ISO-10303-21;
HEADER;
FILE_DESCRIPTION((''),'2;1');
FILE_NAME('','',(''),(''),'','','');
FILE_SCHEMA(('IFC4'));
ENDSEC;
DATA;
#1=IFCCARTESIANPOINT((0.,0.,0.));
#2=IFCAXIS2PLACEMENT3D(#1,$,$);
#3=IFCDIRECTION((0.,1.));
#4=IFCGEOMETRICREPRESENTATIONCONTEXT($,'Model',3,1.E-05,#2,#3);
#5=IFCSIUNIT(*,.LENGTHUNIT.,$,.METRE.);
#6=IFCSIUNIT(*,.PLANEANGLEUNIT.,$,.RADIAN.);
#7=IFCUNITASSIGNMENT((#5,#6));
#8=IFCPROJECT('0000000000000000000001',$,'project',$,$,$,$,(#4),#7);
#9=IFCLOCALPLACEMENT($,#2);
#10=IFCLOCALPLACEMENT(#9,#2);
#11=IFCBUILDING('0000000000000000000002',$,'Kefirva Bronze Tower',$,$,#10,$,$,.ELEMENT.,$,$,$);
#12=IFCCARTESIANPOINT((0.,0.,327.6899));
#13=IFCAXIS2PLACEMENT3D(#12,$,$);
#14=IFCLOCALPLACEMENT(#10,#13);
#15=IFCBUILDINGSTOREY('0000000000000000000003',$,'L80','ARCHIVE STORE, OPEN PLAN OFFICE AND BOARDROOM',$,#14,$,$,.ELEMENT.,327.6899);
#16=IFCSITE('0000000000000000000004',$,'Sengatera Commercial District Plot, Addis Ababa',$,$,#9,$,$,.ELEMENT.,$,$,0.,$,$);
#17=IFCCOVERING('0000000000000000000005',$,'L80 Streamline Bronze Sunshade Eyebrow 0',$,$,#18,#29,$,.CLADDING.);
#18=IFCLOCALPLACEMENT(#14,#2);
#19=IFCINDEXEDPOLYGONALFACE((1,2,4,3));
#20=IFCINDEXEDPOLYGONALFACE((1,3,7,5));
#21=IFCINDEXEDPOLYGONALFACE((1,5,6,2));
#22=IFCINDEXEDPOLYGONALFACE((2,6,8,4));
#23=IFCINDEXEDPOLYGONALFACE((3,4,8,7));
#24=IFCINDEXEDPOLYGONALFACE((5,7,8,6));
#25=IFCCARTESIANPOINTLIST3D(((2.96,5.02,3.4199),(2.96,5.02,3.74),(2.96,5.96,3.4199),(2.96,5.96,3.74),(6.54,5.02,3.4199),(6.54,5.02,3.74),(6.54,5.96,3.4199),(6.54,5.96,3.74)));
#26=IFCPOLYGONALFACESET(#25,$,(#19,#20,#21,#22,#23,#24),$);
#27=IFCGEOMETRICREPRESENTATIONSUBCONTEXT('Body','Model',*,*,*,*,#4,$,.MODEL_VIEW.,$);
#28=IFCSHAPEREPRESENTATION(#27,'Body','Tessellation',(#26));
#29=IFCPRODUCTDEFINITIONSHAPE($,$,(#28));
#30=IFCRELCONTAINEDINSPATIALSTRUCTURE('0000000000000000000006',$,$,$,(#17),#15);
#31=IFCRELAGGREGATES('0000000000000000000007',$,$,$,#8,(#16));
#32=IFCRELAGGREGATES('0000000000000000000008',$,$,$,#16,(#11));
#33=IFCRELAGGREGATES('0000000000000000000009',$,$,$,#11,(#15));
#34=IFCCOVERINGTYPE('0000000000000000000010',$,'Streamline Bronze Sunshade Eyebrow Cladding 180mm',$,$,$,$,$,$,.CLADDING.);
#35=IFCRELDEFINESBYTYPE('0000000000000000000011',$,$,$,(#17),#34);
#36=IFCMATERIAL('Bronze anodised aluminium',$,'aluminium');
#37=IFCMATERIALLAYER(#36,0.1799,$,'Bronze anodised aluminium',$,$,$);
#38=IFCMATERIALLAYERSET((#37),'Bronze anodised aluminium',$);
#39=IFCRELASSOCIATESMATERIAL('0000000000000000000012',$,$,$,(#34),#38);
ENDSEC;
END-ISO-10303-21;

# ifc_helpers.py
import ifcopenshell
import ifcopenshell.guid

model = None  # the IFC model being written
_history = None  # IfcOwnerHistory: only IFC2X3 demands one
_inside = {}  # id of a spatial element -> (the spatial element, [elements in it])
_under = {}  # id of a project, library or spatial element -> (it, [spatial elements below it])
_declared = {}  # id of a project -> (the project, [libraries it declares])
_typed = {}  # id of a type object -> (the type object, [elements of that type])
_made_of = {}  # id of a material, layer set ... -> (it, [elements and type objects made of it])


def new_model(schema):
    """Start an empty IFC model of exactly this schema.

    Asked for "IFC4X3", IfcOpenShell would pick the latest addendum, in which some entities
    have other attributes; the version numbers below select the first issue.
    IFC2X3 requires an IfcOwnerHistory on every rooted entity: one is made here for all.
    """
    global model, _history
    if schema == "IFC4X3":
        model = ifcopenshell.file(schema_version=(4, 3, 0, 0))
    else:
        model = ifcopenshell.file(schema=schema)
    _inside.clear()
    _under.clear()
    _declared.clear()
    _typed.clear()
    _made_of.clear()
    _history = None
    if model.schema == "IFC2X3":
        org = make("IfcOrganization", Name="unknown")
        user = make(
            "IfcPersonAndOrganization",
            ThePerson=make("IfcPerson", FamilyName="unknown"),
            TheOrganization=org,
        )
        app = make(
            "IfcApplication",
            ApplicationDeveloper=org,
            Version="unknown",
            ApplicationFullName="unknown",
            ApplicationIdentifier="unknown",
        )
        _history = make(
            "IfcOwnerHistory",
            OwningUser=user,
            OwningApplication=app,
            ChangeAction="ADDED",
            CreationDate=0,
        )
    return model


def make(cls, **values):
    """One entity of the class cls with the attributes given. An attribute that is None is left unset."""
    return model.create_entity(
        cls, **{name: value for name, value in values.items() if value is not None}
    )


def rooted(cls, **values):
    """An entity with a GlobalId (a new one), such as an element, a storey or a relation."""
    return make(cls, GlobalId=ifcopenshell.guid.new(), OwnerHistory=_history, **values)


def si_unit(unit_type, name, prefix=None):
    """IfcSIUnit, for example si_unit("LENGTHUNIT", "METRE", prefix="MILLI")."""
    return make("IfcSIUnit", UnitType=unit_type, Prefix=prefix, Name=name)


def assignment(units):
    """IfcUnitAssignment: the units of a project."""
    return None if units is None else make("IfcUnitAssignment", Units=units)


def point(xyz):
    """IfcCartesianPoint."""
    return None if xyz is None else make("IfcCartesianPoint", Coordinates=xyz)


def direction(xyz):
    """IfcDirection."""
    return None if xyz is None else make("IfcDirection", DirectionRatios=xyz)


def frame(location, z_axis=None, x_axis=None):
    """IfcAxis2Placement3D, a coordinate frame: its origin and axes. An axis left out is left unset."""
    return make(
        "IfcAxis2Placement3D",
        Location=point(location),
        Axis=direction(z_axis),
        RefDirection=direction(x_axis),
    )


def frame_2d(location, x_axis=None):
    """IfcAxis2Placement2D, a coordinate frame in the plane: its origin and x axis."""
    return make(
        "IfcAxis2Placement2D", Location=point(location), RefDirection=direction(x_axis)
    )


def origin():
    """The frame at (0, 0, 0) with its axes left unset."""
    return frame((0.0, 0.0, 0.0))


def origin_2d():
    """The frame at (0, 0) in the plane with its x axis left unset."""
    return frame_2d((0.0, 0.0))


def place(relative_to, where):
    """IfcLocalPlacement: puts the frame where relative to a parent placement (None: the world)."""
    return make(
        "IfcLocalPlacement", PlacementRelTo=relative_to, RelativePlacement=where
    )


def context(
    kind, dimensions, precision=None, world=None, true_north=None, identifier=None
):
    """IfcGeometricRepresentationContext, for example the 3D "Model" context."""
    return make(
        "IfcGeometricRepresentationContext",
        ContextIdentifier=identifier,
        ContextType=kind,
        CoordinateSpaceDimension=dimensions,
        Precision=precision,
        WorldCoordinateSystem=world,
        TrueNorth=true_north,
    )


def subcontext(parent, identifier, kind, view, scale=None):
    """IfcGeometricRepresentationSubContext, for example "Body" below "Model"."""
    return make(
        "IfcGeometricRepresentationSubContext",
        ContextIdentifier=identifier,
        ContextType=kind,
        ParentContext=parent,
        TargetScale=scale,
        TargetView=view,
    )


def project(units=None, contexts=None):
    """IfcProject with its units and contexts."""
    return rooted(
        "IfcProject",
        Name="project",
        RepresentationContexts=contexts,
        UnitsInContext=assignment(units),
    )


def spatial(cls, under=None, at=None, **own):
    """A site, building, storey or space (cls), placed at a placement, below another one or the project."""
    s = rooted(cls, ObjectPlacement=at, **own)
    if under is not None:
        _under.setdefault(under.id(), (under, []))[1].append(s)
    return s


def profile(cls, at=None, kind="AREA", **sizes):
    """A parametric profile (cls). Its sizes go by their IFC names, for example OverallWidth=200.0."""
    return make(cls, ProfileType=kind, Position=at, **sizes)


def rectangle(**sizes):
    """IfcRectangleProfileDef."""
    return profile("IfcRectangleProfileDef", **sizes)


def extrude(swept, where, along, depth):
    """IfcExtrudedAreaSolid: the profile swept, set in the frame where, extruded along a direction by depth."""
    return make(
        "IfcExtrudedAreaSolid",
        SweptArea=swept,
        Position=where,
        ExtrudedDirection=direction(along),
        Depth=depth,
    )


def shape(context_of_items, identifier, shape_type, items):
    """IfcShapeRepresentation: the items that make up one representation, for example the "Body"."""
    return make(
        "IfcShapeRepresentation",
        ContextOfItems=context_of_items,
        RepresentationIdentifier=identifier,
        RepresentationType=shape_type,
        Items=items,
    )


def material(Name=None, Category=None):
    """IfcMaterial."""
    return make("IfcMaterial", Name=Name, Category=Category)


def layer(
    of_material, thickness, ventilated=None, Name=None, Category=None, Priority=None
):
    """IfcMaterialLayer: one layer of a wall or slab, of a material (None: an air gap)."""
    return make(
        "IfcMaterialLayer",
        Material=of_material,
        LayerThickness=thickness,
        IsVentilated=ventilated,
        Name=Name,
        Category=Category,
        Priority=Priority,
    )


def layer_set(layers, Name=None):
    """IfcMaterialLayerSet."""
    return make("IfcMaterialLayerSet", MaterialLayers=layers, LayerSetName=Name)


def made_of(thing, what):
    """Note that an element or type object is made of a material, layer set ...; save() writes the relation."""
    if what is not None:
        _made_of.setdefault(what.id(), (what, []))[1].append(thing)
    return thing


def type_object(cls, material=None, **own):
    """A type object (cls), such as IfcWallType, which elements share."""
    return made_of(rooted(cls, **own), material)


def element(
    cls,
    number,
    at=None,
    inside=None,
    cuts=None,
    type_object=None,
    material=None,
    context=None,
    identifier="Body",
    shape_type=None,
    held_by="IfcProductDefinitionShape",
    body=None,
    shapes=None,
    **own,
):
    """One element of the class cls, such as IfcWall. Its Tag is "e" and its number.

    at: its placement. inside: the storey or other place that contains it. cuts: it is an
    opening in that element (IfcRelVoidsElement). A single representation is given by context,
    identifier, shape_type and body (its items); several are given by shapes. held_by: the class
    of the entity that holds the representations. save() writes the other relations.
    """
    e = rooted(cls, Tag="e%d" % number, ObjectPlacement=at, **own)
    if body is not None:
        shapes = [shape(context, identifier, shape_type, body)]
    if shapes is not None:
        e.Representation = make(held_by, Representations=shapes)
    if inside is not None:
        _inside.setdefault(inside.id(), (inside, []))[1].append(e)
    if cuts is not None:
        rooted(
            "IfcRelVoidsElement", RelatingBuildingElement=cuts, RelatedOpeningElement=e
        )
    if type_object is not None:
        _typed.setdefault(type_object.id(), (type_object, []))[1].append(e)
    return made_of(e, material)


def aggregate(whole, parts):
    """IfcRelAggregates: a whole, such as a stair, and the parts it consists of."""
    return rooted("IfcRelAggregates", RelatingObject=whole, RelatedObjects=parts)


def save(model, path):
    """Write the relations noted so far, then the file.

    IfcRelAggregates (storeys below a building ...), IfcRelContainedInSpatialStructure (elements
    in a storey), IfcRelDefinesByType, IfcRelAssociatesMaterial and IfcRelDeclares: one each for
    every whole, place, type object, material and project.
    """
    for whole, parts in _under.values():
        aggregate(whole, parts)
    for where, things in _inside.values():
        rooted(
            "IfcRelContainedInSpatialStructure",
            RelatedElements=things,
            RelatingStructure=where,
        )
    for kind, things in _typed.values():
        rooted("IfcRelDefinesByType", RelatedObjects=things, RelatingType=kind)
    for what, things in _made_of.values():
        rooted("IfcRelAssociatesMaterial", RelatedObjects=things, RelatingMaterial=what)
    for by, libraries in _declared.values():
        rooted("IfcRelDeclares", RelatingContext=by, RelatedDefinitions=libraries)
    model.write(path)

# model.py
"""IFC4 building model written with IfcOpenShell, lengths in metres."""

from ifc_helpers import new_model, si_unit, direction, frame, origin, origin_2d, place, context, subcontext, project, spatial, rectangle, extrude, material, layer, layer_set, type_object, element, save


model = new_model("IFC4")

# Units and contexts
model_context = context("Model", 3, precision=1e-05, world=origin(), true_north=direction((0.0, 1.0)))
body_context = subcontext(model_context, "Body", "Model", "MODEL_VIEW")
ifc_project = project(units=[si_unit("LENGTHUNIT", "METRE"), si_unit("PLANEANGLEUNIT", "RADIAN")], contexts=[model_context])

# Site, building, storey
site_placement = place(None, origin())
site = spatial("IfcSite", under=ifc_project, at=site_placement, Name="Sengatera Commercial District Plot, Addis Ababa", CompositionType="ELEMENT", RefElevation=0.0)
building_placement = place(site_placement, origin())
building = spatial("IfcBuilding", under=site, at=building_placement, Name="Kefirva Bronze Tower", CompositionType="ELEMENT")
storey_placement = place(building_placement, frame((0.0, 0.0, 327.6899)))
storey = spatial("IfcBuildingStorey", under=building, at=storey_placement, Name="L80", Description="ARCHIVE STORE, OPEN PLAN OFFICE AND BOARDROOM", CompositionType="ELEMENT", Elevation=327.6899)

# Covering
ifc_material_1 = material(Name="Bronze anodised aluminium", Category="aluminium")
ifc_layer_1 = layer(ifc_material_1, 0.1799, Name="Bronze anodised aluminium")
ifc_layer_set_1 = layer_set([ifc_layer_1], Name="Bronze anodised aluminium")
covering_type_1 = type_object("IfcCoveringType", Name="Streamline Bronze Sunshade Eyebrow Cladding 180mm", PredefinedType="CLADDING", material=ifc_layer_set_1)
covering_1_placement = place(storey_placement, frame((4.75, 5.49, 3.4199), z_axis=(0.0, 0.0, 1.0), x_axis=(1.0, 0.0, 0.0)))
element("IfcCovering", 1, at=covering_1_placement, inside=storey, type_object=covering_type_1, Name="L80 Streamline Bronze Sunshade Eyebrow 0", PredefinedType="CLADDING", context=body_context, shape_type="SweptSolid", body=[
    extrude(rectangle(XDim=3.5801, YDim=0.9399, at=origin_2d()), origin(), (0.0, 0.0, 1.0), 0.3201),
])

save(model, "model.ifc")
